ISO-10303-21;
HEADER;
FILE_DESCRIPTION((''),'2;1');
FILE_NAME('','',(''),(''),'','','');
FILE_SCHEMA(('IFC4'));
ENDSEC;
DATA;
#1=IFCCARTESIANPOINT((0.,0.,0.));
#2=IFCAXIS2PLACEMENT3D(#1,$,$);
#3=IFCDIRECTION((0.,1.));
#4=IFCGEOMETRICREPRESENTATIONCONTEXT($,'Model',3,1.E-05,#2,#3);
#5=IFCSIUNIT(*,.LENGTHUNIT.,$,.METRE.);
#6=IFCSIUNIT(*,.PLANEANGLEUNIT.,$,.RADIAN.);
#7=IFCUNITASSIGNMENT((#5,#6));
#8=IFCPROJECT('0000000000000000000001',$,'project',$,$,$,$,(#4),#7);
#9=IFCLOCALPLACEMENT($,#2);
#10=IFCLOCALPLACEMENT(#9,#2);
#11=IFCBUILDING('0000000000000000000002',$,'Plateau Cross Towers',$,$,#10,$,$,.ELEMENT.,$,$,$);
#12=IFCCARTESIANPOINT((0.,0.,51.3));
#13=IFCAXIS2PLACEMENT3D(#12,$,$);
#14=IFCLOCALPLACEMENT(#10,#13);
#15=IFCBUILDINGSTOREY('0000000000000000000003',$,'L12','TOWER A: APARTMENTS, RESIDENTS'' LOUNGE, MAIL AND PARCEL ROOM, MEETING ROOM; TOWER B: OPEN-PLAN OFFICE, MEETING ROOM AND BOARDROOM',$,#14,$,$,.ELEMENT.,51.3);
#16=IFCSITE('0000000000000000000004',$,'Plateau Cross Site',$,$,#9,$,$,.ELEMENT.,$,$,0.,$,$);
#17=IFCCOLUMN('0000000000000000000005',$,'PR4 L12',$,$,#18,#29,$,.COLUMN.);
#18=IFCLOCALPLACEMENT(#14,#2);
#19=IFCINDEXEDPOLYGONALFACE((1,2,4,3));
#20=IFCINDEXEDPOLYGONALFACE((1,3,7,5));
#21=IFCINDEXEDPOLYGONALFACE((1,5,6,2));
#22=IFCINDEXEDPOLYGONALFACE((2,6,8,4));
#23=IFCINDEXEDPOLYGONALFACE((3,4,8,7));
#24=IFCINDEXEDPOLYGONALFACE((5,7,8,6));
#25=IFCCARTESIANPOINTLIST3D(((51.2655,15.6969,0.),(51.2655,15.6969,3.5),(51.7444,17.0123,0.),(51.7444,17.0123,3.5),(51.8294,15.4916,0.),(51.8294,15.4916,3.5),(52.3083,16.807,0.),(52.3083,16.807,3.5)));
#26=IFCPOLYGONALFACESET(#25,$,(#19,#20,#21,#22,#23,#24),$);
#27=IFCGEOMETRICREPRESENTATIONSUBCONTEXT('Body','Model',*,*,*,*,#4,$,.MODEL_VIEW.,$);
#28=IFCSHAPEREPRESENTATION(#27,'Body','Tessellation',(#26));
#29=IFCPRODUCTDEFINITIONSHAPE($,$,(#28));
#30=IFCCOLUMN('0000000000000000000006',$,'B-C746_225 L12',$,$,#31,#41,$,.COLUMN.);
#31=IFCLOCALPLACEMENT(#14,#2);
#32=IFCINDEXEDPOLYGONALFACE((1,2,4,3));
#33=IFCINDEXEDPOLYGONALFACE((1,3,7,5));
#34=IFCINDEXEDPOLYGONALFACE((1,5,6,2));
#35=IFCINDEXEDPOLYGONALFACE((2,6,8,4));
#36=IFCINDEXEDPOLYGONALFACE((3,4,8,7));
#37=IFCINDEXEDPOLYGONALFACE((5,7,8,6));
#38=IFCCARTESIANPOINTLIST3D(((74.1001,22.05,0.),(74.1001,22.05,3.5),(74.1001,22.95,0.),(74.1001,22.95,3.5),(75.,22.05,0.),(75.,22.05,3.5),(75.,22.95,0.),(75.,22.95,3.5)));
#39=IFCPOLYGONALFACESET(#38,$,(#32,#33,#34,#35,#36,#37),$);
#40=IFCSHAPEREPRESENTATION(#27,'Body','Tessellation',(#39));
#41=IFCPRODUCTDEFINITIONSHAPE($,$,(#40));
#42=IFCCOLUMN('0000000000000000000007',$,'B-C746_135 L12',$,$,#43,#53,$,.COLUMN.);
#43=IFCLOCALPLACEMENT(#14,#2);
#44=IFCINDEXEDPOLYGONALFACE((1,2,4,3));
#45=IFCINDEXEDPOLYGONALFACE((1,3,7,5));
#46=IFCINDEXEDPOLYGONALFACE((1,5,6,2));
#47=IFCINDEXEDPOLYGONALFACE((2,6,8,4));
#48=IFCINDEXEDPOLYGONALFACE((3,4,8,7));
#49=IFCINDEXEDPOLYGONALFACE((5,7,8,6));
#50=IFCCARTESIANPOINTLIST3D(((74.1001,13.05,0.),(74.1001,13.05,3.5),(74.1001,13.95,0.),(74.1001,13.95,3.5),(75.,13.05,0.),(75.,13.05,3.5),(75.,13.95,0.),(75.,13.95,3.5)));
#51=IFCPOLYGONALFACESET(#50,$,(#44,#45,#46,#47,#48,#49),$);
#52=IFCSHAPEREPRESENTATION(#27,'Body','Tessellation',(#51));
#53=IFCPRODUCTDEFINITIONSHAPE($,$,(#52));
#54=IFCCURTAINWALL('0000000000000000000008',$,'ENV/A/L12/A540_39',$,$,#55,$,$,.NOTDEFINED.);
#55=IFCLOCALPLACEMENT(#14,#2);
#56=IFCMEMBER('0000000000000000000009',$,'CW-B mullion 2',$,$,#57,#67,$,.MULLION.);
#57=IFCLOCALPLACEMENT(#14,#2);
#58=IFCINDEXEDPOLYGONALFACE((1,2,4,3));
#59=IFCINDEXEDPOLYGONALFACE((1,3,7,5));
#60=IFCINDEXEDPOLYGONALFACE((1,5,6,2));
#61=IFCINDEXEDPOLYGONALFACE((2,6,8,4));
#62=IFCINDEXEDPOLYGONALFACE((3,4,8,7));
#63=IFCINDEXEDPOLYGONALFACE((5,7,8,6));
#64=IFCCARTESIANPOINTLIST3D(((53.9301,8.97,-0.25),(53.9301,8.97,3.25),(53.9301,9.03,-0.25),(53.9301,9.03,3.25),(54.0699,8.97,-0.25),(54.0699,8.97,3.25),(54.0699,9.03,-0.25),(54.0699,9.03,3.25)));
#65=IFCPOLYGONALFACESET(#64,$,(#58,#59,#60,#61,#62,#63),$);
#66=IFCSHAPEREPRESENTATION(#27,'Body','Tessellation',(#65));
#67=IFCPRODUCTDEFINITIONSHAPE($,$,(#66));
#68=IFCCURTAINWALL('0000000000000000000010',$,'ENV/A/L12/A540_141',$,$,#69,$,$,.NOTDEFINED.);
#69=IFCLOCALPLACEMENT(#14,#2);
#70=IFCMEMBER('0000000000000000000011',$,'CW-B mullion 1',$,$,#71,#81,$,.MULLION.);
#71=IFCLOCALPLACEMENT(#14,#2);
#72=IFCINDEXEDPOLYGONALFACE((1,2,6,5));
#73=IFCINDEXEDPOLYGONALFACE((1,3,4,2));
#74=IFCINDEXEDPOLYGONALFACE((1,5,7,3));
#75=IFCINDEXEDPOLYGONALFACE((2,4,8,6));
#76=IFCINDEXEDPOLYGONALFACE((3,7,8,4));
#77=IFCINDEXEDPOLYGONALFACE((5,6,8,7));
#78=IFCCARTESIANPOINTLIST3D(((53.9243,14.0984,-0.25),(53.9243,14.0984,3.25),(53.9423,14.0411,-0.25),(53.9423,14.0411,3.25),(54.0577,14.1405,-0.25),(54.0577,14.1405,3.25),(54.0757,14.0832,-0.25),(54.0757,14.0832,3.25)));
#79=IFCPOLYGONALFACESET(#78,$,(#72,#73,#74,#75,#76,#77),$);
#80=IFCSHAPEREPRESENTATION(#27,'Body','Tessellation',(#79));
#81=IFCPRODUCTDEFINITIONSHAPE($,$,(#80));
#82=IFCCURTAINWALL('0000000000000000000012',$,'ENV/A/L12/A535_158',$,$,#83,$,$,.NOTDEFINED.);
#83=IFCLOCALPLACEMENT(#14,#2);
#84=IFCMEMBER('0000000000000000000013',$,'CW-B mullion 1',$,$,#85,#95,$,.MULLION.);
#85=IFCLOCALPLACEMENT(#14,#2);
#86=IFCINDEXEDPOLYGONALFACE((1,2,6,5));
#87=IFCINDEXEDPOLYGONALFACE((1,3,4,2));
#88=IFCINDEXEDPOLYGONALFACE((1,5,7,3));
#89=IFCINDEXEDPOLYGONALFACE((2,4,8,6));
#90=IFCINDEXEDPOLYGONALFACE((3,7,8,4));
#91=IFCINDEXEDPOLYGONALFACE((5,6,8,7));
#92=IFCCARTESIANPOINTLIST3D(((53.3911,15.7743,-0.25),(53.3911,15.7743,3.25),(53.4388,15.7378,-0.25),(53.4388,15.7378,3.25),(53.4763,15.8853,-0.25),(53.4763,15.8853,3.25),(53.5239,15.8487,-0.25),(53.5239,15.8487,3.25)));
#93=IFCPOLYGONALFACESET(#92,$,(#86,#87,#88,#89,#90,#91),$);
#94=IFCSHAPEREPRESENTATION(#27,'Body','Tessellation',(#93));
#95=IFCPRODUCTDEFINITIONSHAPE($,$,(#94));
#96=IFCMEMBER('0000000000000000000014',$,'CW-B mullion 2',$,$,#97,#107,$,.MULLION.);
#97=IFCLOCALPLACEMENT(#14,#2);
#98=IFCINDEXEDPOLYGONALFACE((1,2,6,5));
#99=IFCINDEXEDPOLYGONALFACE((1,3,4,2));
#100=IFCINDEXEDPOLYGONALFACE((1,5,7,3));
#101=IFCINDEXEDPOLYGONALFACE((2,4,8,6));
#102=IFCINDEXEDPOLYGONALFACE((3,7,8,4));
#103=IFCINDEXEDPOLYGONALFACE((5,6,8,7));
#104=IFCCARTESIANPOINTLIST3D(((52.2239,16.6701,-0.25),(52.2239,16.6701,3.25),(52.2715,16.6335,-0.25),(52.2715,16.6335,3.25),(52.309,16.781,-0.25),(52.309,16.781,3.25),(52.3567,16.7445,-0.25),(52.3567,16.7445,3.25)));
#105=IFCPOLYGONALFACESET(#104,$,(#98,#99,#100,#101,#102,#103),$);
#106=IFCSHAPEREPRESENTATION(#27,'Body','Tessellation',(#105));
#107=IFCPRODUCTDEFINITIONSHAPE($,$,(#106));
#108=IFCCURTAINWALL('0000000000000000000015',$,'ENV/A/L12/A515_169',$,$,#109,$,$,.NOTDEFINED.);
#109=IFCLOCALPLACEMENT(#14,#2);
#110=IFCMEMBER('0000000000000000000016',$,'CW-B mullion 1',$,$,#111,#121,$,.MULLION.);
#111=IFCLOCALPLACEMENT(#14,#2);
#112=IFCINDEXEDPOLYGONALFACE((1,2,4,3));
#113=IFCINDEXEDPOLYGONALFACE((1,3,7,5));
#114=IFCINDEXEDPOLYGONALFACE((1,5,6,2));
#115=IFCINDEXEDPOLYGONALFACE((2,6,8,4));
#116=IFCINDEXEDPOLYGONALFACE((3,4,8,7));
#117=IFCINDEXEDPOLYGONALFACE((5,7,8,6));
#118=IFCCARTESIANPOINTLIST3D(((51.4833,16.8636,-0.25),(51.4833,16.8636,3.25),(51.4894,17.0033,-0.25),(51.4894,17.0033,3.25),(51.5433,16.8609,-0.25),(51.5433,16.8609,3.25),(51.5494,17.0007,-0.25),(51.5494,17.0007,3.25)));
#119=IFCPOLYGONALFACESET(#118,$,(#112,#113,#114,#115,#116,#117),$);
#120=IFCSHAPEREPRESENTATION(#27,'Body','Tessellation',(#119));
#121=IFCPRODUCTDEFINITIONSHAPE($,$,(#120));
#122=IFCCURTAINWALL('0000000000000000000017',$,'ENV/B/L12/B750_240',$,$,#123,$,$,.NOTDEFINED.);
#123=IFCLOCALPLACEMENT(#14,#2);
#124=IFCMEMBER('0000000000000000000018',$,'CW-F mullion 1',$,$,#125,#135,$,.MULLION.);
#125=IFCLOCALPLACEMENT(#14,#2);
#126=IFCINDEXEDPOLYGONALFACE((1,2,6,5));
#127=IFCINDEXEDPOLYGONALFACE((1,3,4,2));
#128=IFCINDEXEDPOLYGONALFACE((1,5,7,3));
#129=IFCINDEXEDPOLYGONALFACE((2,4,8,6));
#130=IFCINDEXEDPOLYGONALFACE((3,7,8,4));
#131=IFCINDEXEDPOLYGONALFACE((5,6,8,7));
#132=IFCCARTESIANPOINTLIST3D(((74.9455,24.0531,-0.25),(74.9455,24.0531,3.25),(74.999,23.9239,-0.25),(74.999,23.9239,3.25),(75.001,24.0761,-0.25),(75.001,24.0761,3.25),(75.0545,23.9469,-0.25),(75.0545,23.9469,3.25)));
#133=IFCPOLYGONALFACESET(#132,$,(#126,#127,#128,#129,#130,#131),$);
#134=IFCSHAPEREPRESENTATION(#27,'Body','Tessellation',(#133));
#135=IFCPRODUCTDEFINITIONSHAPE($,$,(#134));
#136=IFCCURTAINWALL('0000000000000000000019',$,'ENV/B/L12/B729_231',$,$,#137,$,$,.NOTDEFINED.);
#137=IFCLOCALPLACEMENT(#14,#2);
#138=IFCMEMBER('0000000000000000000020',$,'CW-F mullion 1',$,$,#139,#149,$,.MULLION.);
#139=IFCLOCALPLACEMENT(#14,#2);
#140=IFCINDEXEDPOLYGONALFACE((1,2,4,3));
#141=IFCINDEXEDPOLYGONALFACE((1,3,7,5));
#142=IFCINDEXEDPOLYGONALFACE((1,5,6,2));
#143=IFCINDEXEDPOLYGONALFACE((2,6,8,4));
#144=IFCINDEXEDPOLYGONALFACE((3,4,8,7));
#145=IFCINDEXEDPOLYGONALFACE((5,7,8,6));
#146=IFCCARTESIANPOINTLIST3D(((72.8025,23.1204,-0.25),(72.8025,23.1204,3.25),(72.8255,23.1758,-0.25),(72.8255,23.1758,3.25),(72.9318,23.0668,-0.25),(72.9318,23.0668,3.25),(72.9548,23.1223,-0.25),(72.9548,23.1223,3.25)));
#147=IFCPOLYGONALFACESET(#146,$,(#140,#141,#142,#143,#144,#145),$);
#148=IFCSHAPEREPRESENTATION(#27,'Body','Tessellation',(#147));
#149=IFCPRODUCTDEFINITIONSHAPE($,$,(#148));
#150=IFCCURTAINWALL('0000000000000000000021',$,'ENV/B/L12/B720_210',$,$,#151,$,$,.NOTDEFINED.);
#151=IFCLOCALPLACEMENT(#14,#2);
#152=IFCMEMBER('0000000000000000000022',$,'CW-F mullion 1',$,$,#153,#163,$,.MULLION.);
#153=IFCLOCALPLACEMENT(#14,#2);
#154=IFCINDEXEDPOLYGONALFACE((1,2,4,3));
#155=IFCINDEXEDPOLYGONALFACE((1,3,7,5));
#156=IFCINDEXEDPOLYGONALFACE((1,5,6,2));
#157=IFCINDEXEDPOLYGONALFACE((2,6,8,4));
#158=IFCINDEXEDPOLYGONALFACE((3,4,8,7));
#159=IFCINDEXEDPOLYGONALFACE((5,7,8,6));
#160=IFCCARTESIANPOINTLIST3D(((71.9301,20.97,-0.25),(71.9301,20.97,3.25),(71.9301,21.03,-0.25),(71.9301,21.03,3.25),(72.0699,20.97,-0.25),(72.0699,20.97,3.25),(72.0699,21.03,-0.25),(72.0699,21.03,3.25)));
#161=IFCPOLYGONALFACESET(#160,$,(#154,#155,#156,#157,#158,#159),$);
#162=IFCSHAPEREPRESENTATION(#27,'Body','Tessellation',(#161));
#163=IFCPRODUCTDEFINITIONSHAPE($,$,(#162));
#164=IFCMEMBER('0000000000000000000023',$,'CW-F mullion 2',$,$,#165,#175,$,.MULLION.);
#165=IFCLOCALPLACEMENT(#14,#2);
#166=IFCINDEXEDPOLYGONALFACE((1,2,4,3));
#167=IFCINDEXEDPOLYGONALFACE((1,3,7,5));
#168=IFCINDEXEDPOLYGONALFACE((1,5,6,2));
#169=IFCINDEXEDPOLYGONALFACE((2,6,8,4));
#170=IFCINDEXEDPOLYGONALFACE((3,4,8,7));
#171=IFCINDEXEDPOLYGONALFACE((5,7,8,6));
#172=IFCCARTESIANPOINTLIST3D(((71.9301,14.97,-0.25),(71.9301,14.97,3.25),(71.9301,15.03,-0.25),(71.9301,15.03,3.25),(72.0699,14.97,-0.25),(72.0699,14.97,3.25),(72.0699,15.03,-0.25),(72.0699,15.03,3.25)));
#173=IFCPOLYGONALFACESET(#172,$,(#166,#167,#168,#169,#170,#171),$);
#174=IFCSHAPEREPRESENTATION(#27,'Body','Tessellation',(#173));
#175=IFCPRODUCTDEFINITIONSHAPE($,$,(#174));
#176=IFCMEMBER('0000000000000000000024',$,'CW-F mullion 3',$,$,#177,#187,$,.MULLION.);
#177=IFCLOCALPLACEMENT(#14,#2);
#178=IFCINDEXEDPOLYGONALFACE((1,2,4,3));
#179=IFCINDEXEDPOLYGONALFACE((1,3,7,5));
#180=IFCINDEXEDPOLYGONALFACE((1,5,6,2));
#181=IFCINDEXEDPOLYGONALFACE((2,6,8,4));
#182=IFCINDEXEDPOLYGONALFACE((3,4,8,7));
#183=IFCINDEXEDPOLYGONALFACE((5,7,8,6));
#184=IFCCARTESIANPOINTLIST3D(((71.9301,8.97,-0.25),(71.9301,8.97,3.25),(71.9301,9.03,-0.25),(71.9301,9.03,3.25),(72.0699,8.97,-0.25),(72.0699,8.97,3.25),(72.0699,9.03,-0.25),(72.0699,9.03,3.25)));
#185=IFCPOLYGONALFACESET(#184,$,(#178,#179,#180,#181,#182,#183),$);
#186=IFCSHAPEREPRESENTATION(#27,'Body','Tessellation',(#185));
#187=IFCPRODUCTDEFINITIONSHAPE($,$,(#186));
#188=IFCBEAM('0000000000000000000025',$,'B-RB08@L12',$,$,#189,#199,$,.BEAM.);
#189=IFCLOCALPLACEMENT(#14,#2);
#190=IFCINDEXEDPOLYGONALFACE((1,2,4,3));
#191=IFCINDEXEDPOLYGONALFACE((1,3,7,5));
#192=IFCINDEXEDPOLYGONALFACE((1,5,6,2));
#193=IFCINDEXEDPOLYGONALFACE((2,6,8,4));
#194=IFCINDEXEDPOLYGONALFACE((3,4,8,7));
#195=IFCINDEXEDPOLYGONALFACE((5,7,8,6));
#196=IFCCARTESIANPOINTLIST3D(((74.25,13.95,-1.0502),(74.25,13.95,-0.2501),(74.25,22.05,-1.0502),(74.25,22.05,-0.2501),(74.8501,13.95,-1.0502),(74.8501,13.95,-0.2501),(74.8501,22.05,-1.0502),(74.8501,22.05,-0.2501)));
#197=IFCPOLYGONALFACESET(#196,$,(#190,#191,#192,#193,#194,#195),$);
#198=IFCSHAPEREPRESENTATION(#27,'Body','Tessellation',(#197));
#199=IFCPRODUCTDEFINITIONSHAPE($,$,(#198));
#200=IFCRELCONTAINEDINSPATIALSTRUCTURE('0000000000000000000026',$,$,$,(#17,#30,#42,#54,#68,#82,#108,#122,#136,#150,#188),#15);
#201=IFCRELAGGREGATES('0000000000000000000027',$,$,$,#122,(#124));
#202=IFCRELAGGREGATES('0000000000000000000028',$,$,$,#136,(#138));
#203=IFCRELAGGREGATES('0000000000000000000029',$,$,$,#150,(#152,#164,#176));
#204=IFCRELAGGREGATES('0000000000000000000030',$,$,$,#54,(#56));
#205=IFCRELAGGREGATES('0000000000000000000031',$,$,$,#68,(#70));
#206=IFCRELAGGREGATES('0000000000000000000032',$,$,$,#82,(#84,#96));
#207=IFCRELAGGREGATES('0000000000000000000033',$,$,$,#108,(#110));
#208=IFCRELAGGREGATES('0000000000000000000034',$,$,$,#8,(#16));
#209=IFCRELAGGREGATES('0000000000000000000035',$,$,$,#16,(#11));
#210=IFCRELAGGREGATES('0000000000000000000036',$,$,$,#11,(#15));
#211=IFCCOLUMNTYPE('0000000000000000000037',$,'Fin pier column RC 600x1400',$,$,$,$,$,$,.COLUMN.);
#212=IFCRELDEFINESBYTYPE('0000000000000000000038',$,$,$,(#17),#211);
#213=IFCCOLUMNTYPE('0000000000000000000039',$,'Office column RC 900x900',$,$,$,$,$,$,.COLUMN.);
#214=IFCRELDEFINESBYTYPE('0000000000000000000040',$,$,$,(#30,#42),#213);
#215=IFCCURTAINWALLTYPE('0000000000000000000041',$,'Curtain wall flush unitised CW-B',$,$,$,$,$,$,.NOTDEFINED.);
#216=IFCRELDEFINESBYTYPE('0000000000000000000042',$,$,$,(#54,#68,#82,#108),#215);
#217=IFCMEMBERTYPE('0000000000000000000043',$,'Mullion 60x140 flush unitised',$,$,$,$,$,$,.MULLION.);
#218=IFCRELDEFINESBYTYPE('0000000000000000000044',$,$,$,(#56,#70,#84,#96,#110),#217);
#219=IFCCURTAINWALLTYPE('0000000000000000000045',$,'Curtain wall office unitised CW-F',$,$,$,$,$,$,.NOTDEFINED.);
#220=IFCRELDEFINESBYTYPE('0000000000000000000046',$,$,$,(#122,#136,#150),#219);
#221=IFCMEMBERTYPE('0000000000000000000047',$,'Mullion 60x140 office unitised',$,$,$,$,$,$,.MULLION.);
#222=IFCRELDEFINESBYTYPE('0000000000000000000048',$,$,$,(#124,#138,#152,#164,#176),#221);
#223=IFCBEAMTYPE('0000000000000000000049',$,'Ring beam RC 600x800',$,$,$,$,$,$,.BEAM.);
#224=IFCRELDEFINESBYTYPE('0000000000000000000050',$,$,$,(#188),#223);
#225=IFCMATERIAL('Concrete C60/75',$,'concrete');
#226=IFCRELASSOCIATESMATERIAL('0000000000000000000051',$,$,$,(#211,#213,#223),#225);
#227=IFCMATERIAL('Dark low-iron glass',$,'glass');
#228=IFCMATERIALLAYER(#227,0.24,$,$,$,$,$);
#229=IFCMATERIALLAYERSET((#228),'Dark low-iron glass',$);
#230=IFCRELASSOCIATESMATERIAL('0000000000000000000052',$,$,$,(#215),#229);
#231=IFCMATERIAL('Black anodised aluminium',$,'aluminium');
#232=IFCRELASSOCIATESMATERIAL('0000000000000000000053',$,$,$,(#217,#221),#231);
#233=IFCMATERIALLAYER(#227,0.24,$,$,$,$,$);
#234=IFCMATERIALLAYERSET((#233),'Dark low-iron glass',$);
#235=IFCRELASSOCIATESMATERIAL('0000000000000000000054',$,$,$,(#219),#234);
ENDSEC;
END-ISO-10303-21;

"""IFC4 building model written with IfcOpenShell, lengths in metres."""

from ifc_helpers import new_model, si_unit, direction, frame, origin, origin_2d, place, context, subcontext, project, spatial, rectangle, extrude, material, layer, layer_set, material_profile, profile_set, type_object, element, aggregate, save


model = new_model("IFC4")

# Units and contexts
model_context = context("Model", 3, precision=1e-05, world=origin(), true_north=direction((0.0, 1.0)))
body_context = subcontext(model_context, "Body", "Model", "MODEL_VIEW")
ifc_project = project(units=[si_unit("LENGTHUNIT", "METRE"), si_unit("PLANEANGLEUNIT", "RADIAN")], contexts=[model_context])

# Site, building, storey
site_placement = place(None, origin())
site = spatial("IfcSite", under=ifc_project, at=site_placement, Name="Plateau Cross Site", CompositionType="ELEMENT", RefElevation=0.0)
building_placement = place(site_placement, origin())
building = spatial("IfcBuilding", under=site, at=building_placement, Name="Plateau Cross Towers", CompositionType="ELEMENT")
storey_placement = place(building_placement, frame((0.0, 0.0, 51.3)))
storey = spatial("IfcBuildingStorey", under=building, at=storey_placement, Name="L12", Description="TOWER A: APARTMENTS, RESIDENTS' LOUNGE, MAIL AND PARCEL ROOM, MEETING ROOM; TOWER B: OPEN-PLAN OFFICE, MEETING ROOM AND BOARDROOM", CompositionType="ELEMENT", Elevation=51.3)

# Columns
ifc_material_1 = material(Name="Concrete C60/75", Category="concrete")
ifc_material_profile_1 = material_profile(ifc_material_1, rectangle(XDim=0.6001, YDim=1.3999, at=origin_2d()), Name="RC 600x1400")
ifc_profile_set_1 = profile_set([ifc_material_profile_1], Name="Concrete C60/75")
column_type_1 = type_object("IfcColumnType", Name="Fin pier column RC 600x1400", PredefinedType="COLUMN", material=ifc_profile_set_1)
column_placement = place(storey_placement, frame((51.7869, 16.252, 0.0), z_axis=(0.0, 0.0, 1.0), x_axis=(-0.939664, 0.342098, 0.0)))
element("IfcColumn", 1, at=column_placement, inside=storey, type_object=column_type_1, Name="PR4 L12", PredefinedType="COLUMN", context=body_context, shape_type="SweptSolid", body=[
    extrude(rectangle(XDim=0.6001, YDim=1.3999, at=origin_2d()), origin(), (0.0, 0.0, 1.0), 3.5),
])
ifc_material_profile_2 = material_profile(ifc_material_1, rectangle(XDim=0.8999, YDim=0.8999, at=origin_2d()), Name="RC 900x900")
ifc_profile_set_2 = profile_set([ifc_material_profile_2], Name="Concrete C60/75")
column_type_2 = type_object("IfcColumnType", Name="Office column RC 900x900", PredefinedType="COLUMN", material=ifc_profile_set_2)
for number, where, z_axis, x_axis, name in (
    (2, (74.55, 22.5, 0.0), (0.0, 0.0, 1.0), (1.0, 0.0, 0.0), "B-C746_225 L12"),
    (3, (74.55, 13.5, 0.0), (0.0, 0.0, 1.0), (1.0, 0.0, 0.0), "B-C746_135 L12"),
):
    element("IfcColumn", number, at=place(storey_placement, frame(where, z_axis=z_axis, x_axis=x_axis)), inside=storey, type_object=column_type_2, Name=name, PredefinedType="COLUMN", context=body_context, shape_type="SweptSolid", body=[
        extrude(rectangle(XDim=0.8999, YDim=0.8999, at=origin_2d()), origin(), (0.0, 0.0, 1.0), 3.5),
    ])

# Curtain walls, members
ifc_material_2 = material(Name="Dark low-iron glass", Category="glass")
ifc_layer_1 = layer(ifc_material_2, 0.24)
ifc_layer_set_1 = layer_set([ifc_layer_1], Name="Dark low-iron glass")
curtain_wall_type_1 = type_object("IfcCurtainWallType", Name="Curtain wall flush unitised CW-B", PredefinedType="NOTDEFINED", material=ifc_layer_set_1)
curtain_wall_1_placement = place(storey_placement, origin())
curtain_wall_1 = element("IfcCurtainWall", 4, at=curtain_wall_1_placement, inside=storey, type_object=curtain_wall_type_1, Name="ENV/A/L12/A540_39", PredefinedType="NOTDEFINED")
ifc_material_3 = material(Name="Black anodised aluminium", Category="aluminium")
ifc_material_profile_3 = material_profile(ifc_material_3, rectangle(XDim=0.0601, YDim=0.1399, at=origin_2d()), Name="MULLION 60x140")
ifc_profile_set_3 = profile_set([ifc_material_profile_3], Name="Black anodised aluminium")
member_type_1 = type_object("IfcMemberType", Name="Mullion 60x140 flush unitised", PredefinedType="MULLION", material=ifc_profile_set_3)
member_1_placement = place(storey_placement, frame((54.0, 9.0, -0.25), z_axis=(0.0, 0.0, 1.0), x_axis=(0.0, 1.0, 0.0)))
member_1 = element("IfcMember", 5, at=member_1_placement, type_object=member_type_1, Name="CW-B mullion 2", PredefinedType="MULLION", context=body_context, shape_type="SweptSolid", body=[
    extrude(rectangle(XDim=0.0601, YDim=0.1399, at=origin_2d()), origin(), (0.0, 0.0, 1.0), 3.5),
])
curtain_wall_2_placement = place(storey_placement, origin())
curtain_wall_2 = element("IfcCurtainWall", 6, at=curtain_wall_2_placement, inside=storey, type_object=curtain_wall_type_1, Name="ENV/A/L12/A540_141", PredefinedType="NOTDEFINED")
member_2_placement = place(storey_placement, frame((54.0, 14.0908, -0.25), z_axis=(0.0, 0.0, 1.0), x_axis=(-0.300686, 0.953723, 0.0)))
member_2 = element("IfcMember", 7, at=member_2_placement, type_object=member_type_1, Name="CW-B mullion 1", PredefinedType="MULLION", context=body_context, shape_type="SweptSolid", body=[
    extrude(rectangle(XDim=0.0601, YDim=0.1399, at=origin_2d()), origin(), (0.0, 0.0, 1.0), 3.5),
])

# Curtain wall, members
curtain_wall_3_placement = place(storey_placement, origin())
curtain_wall_3 = element("IfcCurtainWall", 8, at=curtain_wall_3_placement, inside=storey, type_object=curtain_wall_type_1, Name="ENV/A/L12/A535_158", PredefinedType="NOTDEFINED")
member_3_placement = place(storey_placement, frame((53.4575, 15.8115, -0.25), z_axis=(0.0, 0.0, 1.0), x_axis=(-0.793316, 0.608811, 0.0)))
member_3 = element("IfcMember", 9, at=member_3_placement, type_object=member_type_1, Name="CW-B mullion 1", PredefinedType="MULLION", context=body_context, shape_type="SweptSolid", body=[
    extrude(rectangle(XDim=0.0601, YDim=0.1399, at=origin_2d()), origin(), (0.0, 0.0, 1.0), 3.5),
])
member_4_placement = place(storey_placement, frame((52.2903, 16.7073, -0.25), z_axis=(0.0, 0.0, 1.0), x_axis=(-0.793316, 0.608811, 0.0)))
member_4 = element("IfcMember", 10, at=member_4_placement, type_object=member_type_1, Name="CW-B mullion 2", PredefinedType="MULLION", context=body_context, shape_type="SweptSolid", body=[
    extrude(rectangle(XDim=0.0601, YDim=0.1399, at=origin_2d()), origin(), (0.0, 0.0, 1.0), 3.5),
])

# Curtain walls, members
curtain_wall_4_placement = place(storey_placement, origin())
curtain_wall_4 = element("IfcCurtainWall", 11, at=curtain_wall_4_placement, inside=storey, type_object=curtain_wall_type_1, Name="ENV/A/L12/A515_169", PredefinedType="NOTDEFINED")
member_5_placement = place(storey_placement, frame((51.5164, 16.9321, -0.25), z_axis=(0.0, 0.0, 1.0), x_axis=(-0.999044, 0.043723, 0.0)))
member_5 = element("IfcMember", 12, at=member_5_placement, type_object=member_type_1, Name="CW-B mullion 1", PredefinedType="MULLION", context=body_context, shape_type="SweptSolid", body=[
    extrude(rectangle(XDim=0.0601, YDim=0.1399, at=origin_2d()), origin(), (0.0, 0.0, 1.0), 3.5),
])
ifc_layer_2 = layer(ifc_material_2, 0.24)
ifc_layer_set_2 = layer_set([ifc_layer_2], Name="Dark low-iron glass")
curtain_wall_type_2 = type_object("IfcCurtainWallType", Name="Curtain wall office unitised CW-F", PredefinedType="NOTDEFINED", material=ifc_layer_set_2)
curtain_wall_5_placement = place(storey_placement, origin())
curtain_wall_5 = element("IfcCurtainWall", 13, at=curtain_wall_5_placement, inside=storey, type_object=curtain_wall_type_2, Name="ENV/B/L12/B750_240", PredefinedType="NOTDEFINED")
ifc_material_profile_4 = material_profile(ifc_material_3, rectangle(XDim=0.0601, YDim=0.1399, at=origin_2d()), Name="MULLION 60x140")
ifc_profile_set_4 = profile_set([ifc_material_profile_4], Name="Black anodised aluminium")
member_type_2 = type_object("IfcMemberType", Name="Mullion 60x140 office unitised", PredefinedType="MULLION", material=ifc_profile_set_4)
member_6_placement = place(storey_placement, frame((75.0, 24.0, -0.25), z_axis=(0.0, 0.0, 1.0), x_axis=(-0.923879, -0.382684, 0.0)))
member_6 = element("IfcMember", 14, at=member_6_placement, type_object=member_type_2, Name="CW-F mullion 1", PredefinedType="MULLION", context=body_context, shape_type="SweptSolid", body=[
    extrude(rectangle(XDim=0.0601, YDim=0.1399, at=origin_2d()), origin(), (0.0, 0.0, 1.0), 3.5),
])
curtain_wall_6_placement = place(storey_placement, origin())
curtain_wall_6 = element("IfcCurtainWall", 15, at=curtain_wall_6_placement, inside=storey, type_object=curtain_wall_type_2, Name="ENV/B/L12/B729_231", PredefinedType="NOTDEFINED")
member_7_placement = place(storey_placement, frame((72.8787, 23.1213, -0.25), z_axis=(0.0, 0.0, 1.0), x_axis=(-0.382684, -0.923879, 0.0)))
member_7 = element("IfcMember", 16, at=member_7_placement, type_object=member_type_2, Name="CW-F mullion 1", PredefinedType="MULLION", context=body_context, shape_type="SweptSolid", body=[
    extrude(rectangle(XDim=0.0601, YDim=0.1399, at=origin_2d()), origin(), (0.0, 0.0, 1.0), 3.5),
])

# Curtain wall, members
curtain_wall_7_placement = place(storey_placement, origin())
curtain_wall_7 = element("IfcCurtainWall", 17, at=curtain_wall_7_placement, inside=storey, type_object=curtain_wall_type_2, Name="ENV/B/L12/B720_210", PredefinedType="NOTDEFINED")
member_8_placement = place(storey_placement, frame((72.0, 21.0, -0.25), z_axis=(0.0, 0.0, 1.0), x_axis=(0.0, -1.0, 0.0)))
member_8 = element("IfcMember", 18, at=member_8_placement, type_object=member_type_2, Name="CW-F mullion 1", PredefinedType="MULLION", context=body_context, shape_type="SweptSolid", body=[
    extrude(rectangle(XDim=0.0601, YDim=0.1399, at=origin_2d()), origin(), (0.0, 0.0, 1.0), 3.5),
])
member_9_placement = place(storey_placement, frame((72.0, 15.0, -0.25), z_axis=(0.0, 0.0, 1.0), x_axis=(0.0, -1.0, 0.0)))
member_9 = element("IfcMember", 19, at=member_9_placement, type_object=member_type_2, Name="CW-F mullion 2", PredefinedType="MULLION", context=body_context, shape_type="SweptSolid", body=[
    extrude(rectangle(XDim=0.0601, YDim=0.1399, at=origin_2d()), origin(), (0.0, 0.0, 1.0), 3.5),
])
member_10_placement = place(storey_placement, frame((72.0, 9.0, -0.25), z_axis=(0.0, 0.0, 1.0), x_axis=(0.0, -1.0, 0.0)))
member_10 = element("IfcMember", 20, at=member_10_placement, type_object=member_type_2, Name="CW-F mullion 3", PredefinedType="MULLION", context=body_context, shape_type="SweptSolid", body=[
    extrude(rectangle(XDim=0.0601, YDim=0.1399, at=origin_2d()), origin(), (0.0, 0.0, 1.0), 3.5),
])

# Beam
ifc_material_profile_5 = material_profile(ifc_material_1, rectangle(XDim=0.6001, YDim=0.8, at=origin_2d()), Name="RC 600x800")
ifc_profile_set_5 = profile_set([ifc_material_profile_5], Name="Concrete C60/75")
beam_type = type_object("IfcBeamType", Name="Ring beam RC 600x800", PredefinedType="BEAM", material=ifc_profile_set_5)
for number, where, z_axis, x_axis, name in (
    (21, (74.55, 22.05, -0.6501), (0.0, -1.0, 0.0), (1.0, 0.0, 0.0), "B-RB08@L12"),
):
    element("IfcBeam", number, at=place(storey_placement, frame(where, z_axis=z_axis, x_axis=x_axis)), inside=storey, type_object=beam_type, Name=name, PredefinedType="BEAM", context=body_context, shape_type="SweptSolid", body=[
        extrude(rectangle(XDim=0.6001, YDim=0.8, at=origin_2d()), origin(), (0.0, 0.0, 1.0), 8.1001),
    ])

aggregate(curtain_wall_5, [member_6])
aggregate(curtain_wall_6, [member_7])
aggregate(curtain_wall_7, [member_8, member_9, member_10])
aggregate(curtain_wall_1, [member_1])
aggregate(curtain_wall_2, [member_2])
aggregate(curtain_wall_3, [member_3, member_4])
aggregate(curtain_wall_4, [member_5])

save(model, "model.ifc")
